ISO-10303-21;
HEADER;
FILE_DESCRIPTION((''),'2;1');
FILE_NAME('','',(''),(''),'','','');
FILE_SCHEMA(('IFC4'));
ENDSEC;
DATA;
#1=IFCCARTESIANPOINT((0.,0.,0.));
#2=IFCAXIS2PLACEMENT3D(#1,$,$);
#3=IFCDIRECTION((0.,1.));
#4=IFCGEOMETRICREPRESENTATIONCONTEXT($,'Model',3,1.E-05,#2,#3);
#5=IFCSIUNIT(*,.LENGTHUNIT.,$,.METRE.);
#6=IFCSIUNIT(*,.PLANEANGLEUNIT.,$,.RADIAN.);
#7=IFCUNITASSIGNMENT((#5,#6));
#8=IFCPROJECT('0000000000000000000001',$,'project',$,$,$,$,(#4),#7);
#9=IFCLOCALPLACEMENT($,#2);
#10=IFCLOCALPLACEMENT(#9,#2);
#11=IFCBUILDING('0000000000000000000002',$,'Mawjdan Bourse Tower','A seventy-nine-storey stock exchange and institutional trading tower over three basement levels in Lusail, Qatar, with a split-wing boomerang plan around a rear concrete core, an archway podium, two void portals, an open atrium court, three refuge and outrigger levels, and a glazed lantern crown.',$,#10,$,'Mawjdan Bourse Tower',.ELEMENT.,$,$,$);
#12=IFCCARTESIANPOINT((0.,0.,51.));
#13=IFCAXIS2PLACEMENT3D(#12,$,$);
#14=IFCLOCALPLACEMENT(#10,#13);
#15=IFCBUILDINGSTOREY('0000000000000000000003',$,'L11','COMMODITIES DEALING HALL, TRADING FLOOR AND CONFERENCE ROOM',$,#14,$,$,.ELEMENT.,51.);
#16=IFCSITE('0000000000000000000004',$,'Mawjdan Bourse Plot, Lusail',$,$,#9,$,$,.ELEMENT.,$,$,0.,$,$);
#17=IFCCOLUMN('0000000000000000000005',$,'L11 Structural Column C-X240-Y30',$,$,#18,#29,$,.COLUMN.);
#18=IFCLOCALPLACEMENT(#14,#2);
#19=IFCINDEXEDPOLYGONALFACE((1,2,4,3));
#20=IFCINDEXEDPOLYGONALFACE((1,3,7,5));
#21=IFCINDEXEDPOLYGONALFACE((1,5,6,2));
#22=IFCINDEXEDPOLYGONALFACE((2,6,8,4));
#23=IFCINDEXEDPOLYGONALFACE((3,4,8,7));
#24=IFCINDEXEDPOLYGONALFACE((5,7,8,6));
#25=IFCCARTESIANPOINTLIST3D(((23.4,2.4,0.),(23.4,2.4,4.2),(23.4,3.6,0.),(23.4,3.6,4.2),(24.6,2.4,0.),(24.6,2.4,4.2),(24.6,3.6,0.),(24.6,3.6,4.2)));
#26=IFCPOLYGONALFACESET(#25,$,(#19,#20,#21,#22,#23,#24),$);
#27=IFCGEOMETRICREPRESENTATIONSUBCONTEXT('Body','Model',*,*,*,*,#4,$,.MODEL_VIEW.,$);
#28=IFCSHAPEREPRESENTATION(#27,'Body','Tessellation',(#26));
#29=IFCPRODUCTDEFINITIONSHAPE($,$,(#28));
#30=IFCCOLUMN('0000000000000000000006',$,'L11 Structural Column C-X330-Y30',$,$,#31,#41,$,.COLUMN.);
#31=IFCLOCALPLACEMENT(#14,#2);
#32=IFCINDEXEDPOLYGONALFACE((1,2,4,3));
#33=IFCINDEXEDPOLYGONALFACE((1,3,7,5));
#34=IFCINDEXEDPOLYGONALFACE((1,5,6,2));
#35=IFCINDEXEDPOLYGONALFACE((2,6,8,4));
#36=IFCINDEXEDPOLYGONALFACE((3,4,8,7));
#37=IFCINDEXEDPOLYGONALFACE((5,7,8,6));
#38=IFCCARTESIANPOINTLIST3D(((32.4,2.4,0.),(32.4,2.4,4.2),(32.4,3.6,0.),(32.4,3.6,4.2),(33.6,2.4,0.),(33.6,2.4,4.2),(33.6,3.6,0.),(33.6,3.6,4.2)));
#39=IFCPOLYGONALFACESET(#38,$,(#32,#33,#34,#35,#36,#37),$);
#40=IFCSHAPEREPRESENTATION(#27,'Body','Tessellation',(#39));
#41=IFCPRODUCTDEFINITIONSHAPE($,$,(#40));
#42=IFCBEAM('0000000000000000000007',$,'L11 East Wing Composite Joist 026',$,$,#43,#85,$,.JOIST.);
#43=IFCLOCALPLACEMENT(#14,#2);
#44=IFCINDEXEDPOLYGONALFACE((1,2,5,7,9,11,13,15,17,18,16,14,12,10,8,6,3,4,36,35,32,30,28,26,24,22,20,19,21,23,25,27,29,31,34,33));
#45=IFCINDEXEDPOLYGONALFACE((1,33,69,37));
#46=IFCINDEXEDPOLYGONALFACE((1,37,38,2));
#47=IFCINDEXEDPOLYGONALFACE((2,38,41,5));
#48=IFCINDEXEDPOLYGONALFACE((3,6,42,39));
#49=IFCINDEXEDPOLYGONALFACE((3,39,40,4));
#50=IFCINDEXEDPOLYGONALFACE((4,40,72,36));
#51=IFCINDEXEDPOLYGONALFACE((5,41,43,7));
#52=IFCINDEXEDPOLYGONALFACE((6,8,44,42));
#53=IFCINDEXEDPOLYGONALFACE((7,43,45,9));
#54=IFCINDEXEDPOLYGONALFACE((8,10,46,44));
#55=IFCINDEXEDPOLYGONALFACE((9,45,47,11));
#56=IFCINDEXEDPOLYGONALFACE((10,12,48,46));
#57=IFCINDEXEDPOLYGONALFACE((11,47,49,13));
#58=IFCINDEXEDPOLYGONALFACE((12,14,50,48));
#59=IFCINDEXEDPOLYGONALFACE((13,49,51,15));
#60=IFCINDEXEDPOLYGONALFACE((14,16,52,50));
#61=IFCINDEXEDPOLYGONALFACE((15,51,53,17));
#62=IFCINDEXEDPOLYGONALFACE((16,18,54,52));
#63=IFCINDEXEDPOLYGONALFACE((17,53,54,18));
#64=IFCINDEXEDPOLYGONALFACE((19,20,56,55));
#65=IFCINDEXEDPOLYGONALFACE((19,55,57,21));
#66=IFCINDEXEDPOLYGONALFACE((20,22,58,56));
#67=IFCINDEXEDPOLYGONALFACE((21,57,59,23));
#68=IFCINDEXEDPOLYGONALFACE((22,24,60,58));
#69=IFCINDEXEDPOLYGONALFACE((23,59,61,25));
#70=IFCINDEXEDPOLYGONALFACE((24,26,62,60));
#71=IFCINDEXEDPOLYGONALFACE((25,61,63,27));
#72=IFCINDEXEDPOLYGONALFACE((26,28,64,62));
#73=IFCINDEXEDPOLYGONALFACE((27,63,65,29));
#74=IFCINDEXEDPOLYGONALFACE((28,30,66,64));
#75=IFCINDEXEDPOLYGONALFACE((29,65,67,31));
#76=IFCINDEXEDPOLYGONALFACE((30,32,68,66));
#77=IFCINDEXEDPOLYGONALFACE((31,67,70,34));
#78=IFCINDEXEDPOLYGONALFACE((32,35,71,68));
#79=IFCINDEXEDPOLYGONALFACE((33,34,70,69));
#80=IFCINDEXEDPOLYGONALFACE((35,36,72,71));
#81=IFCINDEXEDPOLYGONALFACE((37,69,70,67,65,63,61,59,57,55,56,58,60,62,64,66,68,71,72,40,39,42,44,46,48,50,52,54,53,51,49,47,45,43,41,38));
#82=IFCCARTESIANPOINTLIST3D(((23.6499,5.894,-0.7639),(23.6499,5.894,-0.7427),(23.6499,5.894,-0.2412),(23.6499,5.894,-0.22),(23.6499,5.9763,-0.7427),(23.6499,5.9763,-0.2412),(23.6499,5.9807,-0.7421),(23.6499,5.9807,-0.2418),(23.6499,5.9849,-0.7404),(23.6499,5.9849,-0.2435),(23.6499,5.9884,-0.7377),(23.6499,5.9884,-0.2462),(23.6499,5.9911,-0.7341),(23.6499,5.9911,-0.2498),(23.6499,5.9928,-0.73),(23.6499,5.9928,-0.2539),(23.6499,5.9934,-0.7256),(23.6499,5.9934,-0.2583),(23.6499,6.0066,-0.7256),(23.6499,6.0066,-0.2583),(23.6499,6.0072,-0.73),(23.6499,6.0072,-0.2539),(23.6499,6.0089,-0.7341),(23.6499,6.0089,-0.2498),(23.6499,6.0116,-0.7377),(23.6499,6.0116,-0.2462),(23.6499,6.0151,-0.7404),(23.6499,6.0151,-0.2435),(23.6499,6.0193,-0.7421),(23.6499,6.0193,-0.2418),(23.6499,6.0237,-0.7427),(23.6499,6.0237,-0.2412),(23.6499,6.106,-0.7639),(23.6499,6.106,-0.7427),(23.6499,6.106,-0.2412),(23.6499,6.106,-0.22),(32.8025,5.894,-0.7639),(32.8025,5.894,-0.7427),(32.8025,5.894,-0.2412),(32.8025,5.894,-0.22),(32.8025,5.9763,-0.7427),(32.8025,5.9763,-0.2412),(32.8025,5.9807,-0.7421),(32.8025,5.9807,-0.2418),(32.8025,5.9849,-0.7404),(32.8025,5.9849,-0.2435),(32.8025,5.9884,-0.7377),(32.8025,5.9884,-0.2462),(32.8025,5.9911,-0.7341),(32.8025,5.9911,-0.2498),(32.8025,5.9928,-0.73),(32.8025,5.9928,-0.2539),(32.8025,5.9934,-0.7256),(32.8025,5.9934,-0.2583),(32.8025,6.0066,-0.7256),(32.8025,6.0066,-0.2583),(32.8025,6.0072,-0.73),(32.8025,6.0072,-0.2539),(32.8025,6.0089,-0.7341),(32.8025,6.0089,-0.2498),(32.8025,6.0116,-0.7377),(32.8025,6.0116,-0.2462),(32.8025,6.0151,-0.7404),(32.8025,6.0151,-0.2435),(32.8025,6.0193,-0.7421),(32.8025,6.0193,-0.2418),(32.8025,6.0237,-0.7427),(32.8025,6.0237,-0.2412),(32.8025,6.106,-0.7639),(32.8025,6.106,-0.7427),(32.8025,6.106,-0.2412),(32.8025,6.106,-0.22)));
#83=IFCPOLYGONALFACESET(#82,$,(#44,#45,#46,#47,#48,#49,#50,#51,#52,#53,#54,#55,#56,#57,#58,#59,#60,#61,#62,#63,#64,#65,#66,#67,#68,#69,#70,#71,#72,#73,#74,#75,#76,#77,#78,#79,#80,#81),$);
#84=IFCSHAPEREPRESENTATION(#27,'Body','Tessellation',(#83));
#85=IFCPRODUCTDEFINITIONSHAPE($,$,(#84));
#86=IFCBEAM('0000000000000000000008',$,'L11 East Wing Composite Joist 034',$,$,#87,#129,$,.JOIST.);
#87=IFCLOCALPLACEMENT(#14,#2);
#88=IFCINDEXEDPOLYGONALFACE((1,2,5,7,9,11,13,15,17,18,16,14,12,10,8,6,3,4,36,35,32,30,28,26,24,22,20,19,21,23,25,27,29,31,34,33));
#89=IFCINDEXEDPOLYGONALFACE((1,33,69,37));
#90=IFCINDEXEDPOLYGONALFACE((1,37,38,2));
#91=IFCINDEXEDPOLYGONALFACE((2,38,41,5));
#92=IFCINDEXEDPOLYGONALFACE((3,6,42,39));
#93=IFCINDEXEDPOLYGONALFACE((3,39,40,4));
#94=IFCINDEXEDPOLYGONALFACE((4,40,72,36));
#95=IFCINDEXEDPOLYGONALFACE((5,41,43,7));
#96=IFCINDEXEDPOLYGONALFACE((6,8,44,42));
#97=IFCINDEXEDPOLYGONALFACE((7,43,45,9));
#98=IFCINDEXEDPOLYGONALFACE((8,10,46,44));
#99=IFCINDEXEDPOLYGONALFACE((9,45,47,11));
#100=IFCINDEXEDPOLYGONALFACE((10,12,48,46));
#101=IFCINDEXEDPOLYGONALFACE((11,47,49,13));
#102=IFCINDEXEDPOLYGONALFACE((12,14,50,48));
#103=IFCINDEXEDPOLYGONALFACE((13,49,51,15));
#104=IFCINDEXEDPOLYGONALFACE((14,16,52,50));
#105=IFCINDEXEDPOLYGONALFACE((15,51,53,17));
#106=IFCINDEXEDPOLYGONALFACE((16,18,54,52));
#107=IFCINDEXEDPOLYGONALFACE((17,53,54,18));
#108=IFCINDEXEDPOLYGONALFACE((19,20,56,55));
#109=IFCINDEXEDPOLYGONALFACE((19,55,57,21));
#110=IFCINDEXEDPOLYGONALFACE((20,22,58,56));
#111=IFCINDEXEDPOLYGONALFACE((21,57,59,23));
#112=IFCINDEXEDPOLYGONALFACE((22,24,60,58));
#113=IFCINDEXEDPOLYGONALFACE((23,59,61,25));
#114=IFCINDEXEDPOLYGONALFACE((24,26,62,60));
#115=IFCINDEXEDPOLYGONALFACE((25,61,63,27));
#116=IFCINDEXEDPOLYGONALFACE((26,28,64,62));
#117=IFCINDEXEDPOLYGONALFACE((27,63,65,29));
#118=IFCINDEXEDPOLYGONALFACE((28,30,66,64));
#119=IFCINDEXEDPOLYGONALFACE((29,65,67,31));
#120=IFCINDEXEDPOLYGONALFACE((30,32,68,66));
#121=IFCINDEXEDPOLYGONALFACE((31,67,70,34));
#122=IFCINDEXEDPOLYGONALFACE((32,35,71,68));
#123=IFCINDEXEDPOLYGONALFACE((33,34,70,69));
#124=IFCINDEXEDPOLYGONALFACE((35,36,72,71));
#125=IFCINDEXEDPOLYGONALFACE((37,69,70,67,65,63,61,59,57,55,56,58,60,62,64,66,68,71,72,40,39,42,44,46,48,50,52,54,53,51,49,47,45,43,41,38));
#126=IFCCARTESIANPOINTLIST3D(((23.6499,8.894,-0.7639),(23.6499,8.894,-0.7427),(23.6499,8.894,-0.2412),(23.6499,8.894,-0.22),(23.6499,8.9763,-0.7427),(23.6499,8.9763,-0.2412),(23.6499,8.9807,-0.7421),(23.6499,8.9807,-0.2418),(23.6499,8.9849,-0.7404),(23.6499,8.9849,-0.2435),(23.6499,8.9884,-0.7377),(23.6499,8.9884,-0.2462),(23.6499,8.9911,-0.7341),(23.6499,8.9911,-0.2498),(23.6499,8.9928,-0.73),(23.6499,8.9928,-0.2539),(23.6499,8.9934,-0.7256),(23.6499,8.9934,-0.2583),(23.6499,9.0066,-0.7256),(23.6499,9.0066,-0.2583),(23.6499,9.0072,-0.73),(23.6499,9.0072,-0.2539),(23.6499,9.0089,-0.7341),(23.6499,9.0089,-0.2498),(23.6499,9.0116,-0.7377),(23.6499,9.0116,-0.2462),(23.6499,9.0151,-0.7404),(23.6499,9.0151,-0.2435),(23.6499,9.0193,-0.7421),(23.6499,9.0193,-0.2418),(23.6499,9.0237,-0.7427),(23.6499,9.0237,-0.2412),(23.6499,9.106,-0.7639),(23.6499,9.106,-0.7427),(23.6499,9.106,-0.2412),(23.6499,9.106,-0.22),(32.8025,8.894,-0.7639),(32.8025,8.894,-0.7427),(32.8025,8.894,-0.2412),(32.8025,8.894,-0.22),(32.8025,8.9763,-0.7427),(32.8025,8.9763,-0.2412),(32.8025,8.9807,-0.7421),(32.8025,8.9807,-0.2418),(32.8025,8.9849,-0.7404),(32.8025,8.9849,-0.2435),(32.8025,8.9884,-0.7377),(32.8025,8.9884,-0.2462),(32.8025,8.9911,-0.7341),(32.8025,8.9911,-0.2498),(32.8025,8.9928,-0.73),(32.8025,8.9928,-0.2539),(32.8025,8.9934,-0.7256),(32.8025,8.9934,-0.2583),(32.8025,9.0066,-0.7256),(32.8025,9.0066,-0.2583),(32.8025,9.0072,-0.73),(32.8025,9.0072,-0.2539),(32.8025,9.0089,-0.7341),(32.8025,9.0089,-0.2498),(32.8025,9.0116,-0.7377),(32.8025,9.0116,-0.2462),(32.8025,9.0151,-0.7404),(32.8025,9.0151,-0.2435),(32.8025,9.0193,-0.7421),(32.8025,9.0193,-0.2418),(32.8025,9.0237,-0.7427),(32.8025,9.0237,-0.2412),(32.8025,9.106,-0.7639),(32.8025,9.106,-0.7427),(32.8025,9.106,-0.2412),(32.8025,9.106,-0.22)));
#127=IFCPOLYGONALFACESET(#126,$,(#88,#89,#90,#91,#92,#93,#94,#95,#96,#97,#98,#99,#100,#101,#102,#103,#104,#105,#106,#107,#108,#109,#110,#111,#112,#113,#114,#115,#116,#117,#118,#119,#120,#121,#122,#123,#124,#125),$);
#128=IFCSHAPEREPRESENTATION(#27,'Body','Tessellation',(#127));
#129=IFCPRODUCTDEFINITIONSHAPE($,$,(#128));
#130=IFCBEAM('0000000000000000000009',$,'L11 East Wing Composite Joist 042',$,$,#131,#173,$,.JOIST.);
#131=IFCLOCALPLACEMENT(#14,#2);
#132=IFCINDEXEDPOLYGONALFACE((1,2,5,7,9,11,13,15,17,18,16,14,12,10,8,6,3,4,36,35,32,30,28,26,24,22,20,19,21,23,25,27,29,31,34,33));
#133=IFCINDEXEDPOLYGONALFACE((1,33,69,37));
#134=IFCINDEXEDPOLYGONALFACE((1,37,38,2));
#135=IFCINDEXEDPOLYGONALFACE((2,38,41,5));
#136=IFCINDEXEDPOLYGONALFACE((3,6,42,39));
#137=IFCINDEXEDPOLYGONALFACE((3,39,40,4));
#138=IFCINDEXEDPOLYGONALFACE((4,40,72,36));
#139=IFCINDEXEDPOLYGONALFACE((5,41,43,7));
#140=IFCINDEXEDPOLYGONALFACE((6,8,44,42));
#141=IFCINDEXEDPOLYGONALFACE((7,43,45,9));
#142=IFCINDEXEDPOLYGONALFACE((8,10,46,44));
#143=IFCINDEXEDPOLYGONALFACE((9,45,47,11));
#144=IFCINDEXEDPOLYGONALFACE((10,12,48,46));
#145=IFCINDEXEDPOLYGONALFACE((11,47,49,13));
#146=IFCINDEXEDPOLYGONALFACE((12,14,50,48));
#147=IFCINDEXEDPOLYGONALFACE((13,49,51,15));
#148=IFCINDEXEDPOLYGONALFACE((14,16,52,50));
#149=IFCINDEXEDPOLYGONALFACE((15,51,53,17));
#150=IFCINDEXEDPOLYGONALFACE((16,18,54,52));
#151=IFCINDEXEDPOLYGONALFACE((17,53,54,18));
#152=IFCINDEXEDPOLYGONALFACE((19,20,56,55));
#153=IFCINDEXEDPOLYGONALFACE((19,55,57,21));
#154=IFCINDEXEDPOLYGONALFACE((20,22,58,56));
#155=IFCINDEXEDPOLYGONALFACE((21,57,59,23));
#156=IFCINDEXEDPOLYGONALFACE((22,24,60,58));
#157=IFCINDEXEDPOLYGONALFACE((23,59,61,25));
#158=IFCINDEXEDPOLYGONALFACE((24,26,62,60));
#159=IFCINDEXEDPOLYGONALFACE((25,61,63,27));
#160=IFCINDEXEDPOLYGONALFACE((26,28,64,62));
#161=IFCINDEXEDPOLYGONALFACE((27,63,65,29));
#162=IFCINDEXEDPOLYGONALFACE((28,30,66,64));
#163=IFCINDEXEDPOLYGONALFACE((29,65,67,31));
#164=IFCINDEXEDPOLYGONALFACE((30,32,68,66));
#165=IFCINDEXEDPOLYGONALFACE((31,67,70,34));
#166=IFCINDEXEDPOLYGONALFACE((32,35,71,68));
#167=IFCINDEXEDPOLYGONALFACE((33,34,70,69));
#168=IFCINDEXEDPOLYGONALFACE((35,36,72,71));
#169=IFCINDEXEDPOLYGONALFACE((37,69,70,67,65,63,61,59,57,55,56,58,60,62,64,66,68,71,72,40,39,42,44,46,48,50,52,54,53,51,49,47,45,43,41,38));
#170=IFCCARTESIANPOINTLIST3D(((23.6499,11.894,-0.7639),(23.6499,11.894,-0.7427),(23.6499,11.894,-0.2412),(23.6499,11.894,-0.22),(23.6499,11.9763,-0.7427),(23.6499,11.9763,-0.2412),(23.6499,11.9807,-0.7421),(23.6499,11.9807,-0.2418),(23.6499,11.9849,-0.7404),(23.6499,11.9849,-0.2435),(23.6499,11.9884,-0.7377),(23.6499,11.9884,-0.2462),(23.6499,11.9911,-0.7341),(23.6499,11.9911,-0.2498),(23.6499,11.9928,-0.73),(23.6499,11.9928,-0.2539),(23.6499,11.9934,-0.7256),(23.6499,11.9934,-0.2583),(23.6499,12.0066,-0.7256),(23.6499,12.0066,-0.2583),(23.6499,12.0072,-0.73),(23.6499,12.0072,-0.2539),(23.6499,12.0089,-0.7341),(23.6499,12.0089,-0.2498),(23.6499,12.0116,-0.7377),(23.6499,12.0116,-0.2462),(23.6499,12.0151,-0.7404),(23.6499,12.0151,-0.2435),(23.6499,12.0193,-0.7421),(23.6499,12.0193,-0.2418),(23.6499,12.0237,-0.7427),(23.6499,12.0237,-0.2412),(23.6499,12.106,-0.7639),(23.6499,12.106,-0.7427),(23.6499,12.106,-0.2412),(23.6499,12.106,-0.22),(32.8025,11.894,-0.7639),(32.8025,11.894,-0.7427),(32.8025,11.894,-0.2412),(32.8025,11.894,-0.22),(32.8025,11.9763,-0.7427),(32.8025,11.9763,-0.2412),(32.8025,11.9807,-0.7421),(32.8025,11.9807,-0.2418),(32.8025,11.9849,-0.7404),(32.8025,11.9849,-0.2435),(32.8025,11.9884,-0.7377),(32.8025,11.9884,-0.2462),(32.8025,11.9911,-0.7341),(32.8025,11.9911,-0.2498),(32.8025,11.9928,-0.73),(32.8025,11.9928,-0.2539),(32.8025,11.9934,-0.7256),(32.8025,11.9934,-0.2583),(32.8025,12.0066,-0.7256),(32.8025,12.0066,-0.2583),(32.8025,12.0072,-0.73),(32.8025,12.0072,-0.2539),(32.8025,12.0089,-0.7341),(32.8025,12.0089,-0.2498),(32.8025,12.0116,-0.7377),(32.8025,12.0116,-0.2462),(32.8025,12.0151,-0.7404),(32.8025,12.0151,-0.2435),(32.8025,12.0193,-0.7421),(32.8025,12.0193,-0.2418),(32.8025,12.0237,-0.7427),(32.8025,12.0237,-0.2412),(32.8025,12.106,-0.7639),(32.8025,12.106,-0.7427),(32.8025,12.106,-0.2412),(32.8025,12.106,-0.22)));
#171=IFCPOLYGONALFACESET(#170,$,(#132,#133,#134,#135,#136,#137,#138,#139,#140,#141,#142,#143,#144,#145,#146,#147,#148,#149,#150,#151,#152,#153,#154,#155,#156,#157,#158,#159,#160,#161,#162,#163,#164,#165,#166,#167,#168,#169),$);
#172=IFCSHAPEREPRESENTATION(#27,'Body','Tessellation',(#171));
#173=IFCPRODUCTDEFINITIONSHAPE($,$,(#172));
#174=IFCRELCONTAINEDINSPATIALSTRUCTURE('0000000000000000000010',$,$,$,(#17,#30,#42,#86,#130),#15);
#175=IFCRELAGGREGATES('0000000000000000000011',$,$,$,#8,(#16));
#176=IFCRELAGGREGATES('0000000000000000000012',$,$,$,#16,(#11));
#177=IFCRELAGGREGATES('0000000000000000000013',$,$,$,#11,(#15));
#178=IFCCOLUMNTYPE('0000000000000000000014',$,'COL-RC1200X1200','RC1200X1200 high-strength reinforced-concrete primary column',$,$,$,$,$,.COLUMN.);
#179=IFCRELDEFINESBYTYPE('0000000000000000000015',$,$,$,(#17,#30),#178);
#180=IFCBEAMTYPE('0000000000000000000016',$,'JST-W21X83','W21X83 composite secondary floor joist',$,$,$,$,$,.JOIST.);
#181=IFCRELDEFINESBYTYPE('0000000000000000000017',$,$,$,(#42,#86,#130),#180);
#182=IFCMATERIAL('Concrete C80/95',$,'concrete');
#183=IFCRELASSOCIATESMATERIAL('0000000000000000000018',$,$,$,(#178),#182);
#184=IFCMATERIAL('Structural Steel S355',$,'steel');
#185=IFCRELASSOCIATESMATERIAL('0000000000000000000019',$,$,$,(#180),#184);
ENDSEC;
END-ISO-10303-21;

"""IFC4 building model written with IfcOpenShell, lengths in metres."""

from ifc_helpers import new_model, si_unit, direction, frame, origin, origin_2d, place, context, subcontext, project, spatial, rectangle, i_section, extrude, material, material_profile, profile_set, type_object, element, save


model = new_model("IFC4")

# Units and contexts
model_context = context("Model", 3, precision=1e-05, world=origin(), true_north=direction((0.0, 1.0)))
body_context = subcontext(model_context, "Body", "Model", "MODEL_VIEW")
ifc_project = project(units=[si_unit("LENGTHUNIT", "METRE"), si_unit("PLANEANGLEUNIT", "RADIAN")], contexts=[model_context])

# Site, building, storey
site_placement = place(None, origin())
site = spatial("IfcSite", under=ifc_project, at=site_placement, Name="Mawjdan Bourse Plot, Lusail", CompositionType="ELEMENT", RefElevation=0.0)
building_placement = place(site_placement, origin())
building = spatial("IfcBuilding", under=site, at=building_placement, Name="Mawjdan Bourse Tower", Description="A seventy-nine-storey stock exchange and institutional trading tower over three basement levels in Lusail, Qatar, with a split-wing boomerang plan around a rear concrete core, an archway podium, two void portals, an open atrium court, three refuge and outrigger levels, and a glazed lantern crown.", LongName="Mawjdan Bourse Tower", CompositionType="ELEMENT")
storey_placement = place(building_placement, frame((0.0, 0.0, 51.0)))
storey = spatial("IfcBuildingStorey", under=building, at=storey_placement, Name="L11", Description="COMMODITIES DEALING HALL, TRADING FLOOR AND CONFERENCE ROOM", CompositionType="ELEMENT", Elevation=51.0)

# Columns
ifc_material_1 = material(Name="Concrete C80/95", Category="concrete")
ifc_material_profile_1 = material_profile(ifc_material_1, rectangle(XDim=1.2, YDim=1.2, at=origin_2d()), Name="RC1200X1200")
ifc_profile_set_1 = profile_set([ifc_material_profile_1], Name="Concrete C80/95")
column_type = type_object("IfcColumnType", Name="COL-RC1200X1200", Description="RC1200X1200 high-strength reinforced-concrete primary column", PredefinedType="COLUMN", material=ifc_profile_set_1)
for number, where, z_axis, x_axis, name in (
    (1, (24.0, 3.0, 0.0), (0.0, 0.0, 1.0), (1.0, 0.0, 0.0), "L11 Structural Column C-X240-Y30"),
    (2, (33.0, 3.0, 0.0), (0.0, 0.0, 1.0), (1.0, 0.0, 0.0), "L11 Structural Column C-X330-Y30"),
):
    element("IfcColumn", number, at=place(storey_placement, frame(where, z_axis=z_axis, x_axis=x_axis)), inside=storey, type_object=column_type, Name=name, PredefinedType="COLUMN", context=body_context, shape_type="SweptSolid", body=[
        extrude(rectangle(XDim=1.2, YDim=1.2, at=origin_2d()), origin(), (0.0, 0.0, 1.0), 4.2),
    ])

# Beams
ifc_material_2 = material(Name="Structural Steel S355", Category="steel")
ifc_material_profile_2 = material_profile(ifc_material_2, i_section(OverallWidth=0.2119, OverallDepth=0.5439, WebThickness=0.0132, FlangeThickness=0.0212, FilletRadius=0.0171, at=origin_2d()), Name="W21X83")
ifc_profile_set_2 = profile_set([ifc_material_profile_2], Name="Structural Steel S355")
beam_type_1 = type_object("IfcBeamType", Name="JST-W21X83", Description="W21X83 composite secondary floor joist", PredefinedType="JOIST", material=ifc_profile_set_2)
for number, where, z_axis, x_axis, name in (
    (3, (23.6499, 6.0, -0.4919), (1.0, 0.0, 0.0), (0.0, 1.0, 0.0), "L11 East Wing Composite Joist 026"),
    (4, (23.6499, 9.0, -0.4919), (1.0, 0.0, 0.0), (0.0, 1.0, 0.0), "L11 East Wing Composite Joist 034"),
    (5, (23.6499, 12.0, -0.4919), (1.0, 0.0, 0.0), (0.0, 1.0, 0.0), "L11 East Wing Composite Joist 042"),
):
    element("IfcBeam", number, at=place(storey_placement, frame(where, z_axis=z_axis, x_axis=x_axis)), inside=storey, type_object=beam_type_1, Name=name, PredefinedType="JOIST", context=body_context, shape_type="SweptSolid", body=[
        extrude(i_section(OverallWidth=0.2119, OverallDepth=0.5439, WebThickness=0.0132, FlangeThickness=0.0212, FilletRadius=0.0171, at=origin_2d()), origin(), (0.0, 0.0, 1.0), 9.1526),
    ])

save(model, "model.ifc")
